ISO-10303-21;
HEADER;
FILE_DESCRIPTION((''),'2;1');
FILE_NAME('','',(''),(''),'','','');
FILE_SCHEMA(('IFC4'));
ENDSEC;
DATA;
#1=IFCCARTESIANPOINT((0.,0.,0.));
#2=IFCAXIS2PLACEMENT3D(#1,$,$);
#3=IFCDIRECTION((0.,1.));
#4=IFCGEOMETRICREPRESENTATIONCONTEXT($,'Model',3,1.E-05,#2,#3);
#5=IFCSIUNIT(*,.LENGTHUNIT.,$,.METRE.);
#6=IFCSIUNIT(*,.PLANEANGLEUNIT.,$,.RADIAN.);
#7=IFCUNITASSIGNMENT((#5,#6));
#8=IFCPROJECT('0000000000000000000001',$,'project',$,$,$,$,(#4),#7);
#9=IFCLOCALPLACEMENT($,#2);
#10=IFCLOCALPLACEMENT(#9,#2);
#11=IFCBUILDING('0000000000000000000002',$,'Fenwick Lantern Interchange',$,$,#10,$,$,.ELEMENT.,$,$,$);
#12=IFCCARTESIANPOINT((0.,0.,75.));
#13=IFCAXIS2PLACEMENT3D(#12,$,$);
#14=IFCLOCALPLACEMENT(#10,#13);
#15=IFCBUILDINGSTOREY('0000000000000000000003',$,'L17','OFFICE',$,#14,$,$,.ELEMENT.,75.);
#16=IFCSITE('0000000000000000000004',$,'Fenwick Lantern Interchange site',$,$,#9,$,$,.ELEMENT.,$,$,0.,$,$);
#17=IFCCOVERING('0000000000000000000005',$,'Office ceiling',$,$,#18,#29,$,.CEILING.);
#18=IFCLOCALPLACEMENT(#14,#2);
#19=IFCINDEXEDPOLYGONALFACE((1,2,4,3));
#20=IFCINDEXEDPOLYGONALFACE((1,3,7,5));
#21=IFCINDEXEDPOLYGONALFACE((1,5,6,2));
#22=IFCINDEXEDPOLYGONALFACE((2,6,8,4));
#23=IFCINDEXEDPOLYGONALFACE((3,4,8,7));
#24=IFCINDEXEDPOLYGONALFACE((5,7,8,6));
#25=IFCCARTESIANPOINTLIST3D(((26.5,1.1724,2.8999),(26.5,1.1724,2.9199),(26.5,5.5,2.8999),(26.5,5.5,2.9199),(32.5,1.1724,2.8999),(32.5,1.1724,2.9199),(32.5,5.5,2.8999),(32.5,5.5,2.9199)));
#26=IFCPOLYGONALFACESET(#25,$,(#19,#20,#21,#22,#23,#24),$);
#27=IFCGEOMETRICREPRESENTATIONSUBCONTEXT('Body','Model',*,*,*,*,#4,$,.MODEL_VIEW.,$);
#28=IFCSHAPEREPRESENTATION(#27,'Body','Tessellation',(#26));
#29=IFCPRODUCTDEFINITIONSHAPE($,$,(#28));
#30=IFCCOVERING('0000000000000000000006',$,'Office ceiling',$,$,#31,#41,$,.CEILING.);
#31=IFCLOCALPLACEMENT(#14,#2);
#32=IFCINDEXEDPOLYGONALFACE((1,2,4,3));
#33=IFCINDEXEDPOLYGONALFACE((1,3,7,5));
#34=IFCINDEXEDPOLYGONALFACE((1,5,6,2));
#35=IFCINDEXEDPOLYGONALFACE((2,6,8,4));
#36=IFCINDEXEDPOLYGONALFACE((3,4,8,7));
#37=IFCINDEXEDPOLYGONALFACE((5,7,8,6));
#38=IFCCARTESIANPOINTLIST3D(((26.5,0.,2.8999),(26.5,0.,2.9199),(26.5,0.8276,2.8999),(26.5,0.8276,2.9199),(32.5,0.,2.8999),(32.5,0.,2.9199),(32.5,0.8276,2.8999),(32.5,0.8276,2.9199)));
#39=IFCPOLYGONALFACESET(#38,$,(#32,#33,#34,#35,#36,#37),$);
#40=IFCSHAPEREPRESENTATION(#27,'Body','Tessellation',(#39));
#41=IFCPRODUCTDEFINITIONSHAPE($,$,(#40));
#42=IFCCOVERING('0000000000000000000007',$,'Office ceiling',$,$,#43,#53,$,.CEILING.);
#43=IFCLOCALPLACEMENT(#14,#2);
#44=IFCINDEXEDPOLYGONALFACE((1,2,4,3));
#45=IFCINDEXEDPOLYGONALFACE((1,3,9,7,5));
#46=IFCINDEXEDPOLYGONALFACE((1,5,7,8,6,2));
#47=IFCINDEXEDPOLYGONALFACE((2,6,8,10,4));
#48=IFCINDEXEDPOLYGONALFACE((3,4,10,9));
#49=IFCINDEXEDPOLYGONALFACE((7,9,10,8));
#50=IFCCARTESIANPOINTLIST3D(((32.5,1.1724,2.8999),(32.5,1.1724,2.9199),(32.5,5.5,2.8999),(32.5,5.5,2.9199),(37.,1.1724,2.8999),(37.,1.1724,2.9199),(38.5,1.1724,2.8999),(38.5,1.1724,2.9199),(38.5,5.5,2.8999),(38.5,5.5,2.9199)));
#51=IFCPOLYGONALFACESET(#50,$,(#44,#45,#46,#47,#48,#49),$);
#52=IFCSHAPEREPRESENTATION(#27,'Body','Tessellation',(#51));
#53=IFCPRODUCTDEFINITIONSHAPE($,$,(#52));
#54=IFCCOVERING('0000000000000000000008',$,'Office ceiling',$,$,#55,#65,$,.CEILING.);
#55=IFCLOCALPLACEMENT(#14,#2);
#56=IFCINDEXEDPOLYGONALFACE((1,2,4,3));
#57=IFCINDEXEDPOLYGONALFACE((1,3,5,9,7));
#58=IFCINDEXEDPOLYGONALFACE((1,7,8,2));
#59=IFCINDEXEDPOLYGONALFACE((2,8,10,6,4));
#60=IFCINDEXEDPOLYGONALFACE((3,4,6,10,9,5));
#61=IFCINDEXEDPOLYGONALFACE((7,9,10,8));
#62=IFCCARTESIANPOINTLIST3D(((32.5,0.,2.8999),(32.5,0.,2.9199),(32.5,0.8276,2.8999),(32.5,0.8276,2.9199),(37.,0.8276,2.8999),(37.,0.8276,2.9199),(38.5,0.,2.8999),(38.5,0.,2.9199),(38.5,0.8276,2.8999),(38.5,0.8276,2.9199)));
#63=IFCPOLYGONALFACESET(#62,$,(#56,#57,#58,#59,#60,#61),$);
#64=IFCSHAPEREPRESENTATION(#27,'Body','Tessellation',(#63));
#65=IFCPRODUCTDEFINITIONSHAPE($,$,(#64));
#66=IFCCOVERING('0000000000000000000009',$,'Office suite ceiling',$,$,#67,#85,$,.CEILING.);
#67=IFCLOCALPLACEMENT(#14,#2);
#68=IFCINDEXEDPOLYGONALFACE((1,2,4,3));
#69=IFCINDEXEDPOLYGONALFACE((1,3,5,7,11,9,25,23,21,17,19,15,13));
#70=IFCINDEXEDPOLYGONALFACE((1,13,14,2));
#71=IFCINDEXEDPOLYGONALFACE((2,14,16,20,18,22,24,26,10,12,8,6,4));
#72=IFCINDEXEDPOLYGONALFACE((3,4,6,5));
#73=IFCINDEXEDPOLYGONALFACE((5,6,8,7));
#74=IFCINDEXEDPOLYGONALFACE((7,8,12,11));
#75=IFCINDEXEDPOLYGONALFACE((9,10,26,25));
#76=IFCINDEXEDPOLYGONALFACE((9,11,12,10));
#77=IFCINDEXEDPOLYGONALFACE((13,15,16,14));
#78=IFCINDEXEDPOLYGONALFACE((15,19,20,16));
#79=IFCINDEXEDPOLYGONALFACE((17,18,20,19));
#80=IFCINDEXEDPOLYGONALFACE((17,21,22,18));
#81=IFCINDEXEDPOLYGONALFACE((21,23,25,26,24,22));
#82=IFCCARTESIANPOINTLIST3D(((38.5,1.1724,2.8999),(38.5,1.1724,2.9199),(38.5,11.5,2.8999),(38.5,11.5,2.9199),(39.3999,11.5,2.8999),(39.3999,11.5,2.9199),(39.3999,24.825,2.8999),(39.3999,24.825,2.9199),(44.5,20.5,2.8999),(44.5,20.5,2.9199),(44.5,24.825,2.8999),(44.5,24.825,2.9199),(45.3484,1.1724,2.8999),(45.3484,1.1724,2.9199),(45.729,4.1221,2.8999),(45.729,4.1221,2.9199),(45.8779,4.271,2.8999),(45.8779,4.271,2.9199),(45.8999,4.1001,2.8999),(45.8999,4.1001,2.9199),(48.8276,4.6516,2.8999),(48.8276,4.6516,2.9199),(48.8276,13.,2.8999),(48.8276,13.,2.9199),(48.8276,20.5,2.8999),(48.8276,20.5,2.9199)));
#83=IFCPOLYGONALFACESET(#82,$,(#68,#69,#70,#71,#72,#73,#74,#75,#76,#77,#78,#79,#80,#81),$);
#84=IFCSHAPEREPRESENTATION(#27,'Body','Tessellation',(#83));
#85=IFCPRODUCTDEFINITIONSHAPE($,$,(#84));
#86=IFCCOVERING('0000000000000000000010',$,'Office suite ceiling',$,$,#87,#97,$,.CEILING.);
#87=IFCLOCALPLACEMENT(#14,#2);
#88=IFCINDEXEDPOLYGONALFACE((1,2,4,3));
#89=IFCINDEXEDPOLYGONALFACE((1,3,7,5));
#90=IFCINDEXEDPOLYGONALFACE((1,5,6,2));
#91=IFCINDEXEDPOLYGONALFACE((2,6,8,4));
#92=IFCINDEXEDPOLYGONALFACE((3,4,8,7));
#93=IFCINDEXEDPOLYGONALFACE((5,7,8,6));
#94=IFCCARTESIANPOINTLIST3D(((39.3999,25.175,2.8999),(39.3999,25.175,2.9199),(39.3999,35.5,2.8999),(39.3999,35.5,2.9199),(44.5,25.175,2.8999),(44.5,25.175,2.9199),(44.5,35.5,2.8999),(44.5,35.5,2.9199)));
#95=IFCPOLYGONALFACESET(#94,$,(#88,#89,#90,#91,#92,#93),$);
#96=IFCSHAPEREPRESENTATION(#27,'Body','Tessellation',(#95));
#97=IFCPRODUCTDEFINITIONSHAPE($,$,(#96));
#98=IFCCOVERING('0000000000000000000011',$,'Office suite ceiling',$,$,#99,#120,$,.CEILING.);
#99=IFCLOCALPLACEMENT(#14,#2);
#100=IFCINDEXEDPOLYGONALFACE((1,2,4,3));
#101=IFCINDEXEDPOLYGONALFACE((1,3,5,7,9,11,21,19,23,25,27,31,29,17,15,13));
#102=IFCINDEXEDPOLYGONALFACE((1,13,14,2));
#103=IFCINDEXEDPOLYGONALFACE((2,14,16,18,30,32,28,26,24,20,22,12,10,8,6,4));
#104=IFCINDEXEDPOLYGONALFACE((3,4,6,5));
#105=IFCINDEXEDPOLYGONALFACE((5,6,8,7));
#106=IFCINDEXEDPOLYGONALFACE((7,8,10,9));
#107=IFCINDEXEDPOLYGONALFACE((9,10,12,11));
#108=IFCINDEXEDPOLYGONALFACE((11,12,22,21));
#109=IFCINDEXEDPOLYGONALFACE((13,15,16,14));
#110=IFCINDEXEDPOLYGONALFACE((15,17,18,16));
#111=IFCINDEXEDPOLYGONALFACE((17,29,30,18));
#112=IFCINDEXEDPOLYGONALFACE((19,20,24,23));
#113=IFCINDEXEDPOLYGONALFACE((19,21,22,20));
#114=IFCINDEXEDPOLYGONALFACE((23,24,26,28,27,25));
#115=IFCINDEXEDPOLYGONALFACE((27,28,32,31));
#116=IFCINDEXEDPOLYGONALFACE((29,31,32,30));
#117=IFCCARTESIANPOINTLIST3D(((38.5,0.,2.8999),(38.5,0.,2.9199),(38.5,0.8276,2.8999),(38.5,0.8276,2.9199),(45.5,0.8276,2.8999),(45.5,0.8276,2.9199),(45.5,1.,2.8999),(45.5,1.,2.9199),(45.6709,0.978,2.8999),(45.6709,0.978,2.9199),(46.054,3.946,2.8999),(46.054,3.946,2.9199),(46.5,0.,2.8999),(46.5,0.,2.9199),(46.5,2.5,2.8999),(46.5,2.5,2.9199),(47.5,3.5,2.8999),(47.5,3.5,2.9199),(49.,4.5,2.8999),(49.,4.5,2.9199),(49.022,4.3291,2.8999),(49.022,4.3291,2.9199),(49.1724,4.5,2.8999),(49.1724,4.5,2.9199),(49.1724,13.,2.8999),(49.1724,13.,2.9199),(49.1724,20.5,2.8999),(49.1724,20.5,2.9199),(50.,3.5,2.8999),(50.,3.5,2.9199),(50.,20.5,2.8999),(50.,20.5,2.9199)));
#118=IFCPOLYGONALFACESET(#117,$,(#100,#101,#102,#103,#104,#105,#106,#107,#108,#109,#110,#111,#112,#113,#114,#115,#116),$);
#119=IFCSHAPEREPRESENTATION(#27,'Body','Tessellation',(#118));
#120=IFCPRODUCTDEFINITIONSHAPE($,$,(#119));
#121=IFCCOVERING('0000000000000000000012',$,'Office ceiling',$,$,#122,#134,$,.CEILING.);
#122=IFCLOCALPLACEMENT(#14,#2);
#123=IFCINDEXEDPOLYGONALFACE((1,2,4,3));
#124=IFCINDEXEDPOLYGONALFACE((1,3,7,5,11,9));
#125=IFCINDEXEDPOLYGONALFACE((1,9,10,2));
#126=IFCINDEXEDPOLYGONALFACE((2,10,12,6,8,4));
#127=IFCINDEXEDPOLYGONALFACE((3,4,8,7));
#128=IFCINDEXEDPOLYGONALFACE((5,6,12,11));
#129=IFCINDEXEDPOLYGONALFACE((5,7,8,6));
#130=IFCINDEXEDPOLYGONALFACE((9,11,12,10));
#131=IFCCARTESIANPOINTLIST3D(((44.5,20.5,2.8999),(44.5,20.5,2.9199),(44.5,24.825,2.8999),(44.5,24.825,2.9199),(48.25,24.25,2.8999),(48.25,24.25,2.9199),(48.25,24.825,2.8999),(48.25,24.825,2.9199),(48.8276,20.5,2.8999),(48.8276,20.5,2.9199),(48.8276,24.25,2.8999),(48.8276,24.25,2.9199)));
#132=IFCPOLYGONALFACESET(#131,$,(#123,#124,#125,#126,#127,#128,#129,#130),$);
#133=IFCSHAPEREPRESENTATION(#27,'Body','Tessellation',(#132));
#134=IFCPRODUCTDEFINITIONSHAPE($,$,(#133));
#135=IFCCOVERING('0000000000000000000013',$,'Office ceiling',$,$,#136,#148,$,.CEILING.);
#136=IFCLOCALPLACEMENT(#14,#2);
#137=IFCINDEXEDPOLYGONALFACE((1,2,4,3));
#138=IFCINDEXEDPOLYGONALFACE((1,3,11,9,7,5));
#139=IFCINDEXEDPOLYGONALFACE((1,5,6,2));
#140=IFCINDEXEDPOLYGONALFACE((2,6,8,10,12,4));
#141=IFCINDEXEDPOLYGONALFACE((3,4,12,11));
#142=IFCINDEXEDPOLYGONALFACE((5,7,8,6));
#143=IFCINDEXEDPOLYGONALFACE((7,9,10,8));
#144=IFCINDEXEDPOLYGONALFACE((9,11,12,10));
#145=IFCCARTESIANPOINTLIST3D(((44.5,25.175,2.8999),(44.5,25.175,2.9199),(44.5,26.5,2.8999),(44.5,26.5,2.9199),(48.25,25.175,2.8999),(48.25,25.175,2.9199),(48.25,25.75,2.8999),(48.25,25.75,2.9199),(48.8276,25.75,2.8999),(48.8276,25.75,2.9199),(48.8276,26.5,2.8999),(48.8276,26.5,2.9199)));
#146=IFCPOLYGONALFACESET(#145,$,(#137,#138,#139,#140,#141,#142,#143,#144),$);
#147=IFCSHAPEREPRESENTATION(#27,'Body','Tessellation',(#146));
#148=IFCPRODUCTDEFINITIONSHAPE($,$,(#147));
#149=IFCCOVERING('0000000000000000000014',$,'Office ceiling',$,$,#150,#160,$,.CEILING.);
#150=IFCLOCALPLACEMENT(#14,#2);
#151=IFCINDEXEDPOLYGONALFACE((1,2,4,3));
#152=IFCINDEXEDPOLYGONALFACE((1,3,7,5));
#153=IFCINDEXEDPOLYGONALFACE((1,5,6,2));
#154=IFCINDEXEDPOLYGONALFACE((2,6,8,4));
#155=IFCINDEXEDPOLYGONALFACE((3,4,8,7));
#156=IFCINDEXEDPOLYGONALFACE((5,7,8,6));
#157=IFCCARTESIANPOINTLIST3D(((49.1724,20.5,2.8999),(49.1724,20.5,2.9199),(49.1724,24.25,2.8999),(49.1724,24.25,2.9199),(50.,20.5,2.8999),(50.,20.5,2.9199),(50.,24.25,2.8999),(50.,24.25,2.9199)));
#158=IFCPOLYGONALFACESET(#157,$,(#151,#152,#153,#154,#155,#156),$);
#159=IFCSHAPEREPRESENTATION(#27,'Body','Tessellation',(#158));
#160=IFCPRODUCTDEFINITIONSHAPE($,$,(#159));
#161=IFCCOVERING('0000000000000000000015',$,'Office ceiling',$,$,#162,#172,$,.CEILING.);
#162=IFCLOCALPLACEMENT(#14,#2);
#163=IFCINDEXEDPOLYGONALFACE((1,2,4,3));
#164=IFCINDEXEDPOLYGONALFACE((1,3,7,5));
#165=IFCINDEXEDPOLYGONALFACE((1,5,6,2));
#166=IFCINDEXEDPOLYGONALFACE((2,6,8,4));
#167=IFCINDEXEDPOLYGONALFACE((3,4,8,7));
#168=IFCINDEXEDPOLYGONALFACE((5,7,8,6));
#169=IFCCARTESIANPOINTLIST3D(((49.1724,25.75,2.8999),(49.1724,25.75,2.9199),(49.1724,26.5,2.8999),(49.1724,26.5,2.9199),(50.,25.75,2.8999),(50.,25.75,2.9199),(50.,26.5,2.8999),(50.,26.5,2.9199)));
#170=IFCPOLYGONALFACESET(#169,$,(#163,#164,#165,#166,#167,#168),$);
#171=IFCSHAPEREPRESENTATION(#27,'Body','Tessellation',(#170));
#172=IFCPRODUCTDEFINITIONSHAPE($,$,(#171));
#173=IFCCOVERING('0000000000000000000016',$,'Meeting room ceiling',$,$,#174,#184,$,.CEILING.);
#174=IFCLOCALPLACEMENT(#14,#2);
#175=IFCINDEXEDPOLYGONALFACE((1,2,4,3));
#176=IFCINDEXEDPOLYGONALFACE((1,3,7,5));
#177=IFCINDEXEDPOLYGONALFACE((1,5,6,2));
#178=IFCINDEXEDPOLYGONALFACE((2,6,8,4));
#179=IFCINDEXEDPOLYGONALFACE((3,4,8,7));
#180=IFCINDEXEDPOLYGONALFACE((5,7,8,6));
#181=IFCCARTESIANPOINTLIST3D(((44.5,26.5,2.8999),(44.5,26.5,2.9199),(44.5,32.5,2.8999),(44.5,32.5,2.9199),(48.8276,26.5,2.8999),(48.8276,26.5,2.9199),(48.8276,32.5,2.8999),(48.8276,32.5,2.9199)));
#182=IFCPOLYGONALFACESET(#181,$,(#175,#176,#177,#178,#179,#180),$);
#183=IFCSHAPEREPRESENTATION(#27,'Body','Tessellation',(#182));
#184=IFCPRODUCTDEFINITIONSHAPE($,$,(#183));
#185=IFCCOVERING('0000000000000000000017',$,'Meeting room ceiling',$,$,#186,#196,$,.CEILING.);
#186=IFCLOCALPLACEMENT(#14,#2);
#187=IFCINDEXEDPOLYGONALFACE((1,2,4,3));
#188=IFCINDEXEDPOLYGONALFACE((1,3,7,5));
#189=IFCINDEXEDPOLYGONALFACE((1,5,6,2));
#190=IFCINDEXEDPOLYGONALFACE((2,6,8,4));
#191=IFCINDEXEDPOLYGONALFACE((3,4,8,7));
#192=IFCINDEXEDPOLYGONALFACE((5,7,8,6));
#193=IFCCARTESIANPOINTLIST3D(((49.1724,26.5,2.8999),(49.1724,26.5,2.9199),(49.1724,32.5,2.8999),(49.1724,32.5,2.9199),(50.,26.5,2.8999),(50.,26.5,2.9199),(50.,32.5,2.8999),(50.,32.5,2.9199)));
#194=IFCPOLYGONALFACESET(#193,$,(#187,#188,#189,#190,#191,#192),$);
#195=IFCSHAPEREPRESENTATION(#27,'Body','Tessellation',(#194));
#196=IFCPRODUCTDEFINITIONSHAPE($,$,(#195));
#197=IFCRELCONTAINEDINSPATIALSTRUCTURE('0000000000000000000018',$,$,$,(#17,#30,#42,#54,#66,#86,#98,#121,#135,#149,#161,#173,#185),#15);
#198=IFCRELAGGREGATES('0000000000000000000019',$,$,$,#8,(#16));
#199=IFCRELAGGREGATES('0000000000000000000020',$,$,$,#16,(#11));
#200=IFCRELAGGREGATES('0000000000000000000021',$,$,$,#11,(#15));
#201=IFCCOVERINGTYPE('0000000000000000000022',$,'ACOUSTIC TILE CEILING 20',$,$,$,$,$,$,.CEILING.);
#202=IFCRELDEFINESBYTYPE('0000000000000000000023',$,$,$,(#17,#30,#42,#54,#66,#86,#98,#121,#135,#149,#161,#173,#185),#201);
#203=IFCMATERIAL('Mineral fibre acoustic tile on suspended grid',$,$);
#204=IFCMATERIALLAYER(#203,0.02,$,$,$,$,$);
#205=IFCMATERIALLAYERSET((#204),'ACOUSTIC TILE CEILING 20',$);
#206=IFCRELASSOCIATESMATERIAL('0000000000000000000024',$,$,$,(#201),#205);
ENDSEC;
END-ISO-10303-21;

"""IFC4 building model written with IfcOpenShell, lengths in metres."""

from ifc_helpers import new_model, si_unit, direction, frame, origin, place, context, subcontext, project, spatial, polyline, outline, extrude, material, layer, layer_set, type_object, element, save


model = new_model("IFC4")

# Units and contexts
model_context = context("Model", 3, precision=1e-05, world=origin(), true_north=direction((0.0, 1.0)))
body_context = subcontext(model_context, "Body", "Model", "MODEL_VIEW")
ifc_project = project(units=[si_unit("LENGTHUNIT", "METRE"), si_unit("PLANEANGLEUNIT", "RADIAN")], contexts=[model_context])

# Site, building, storey
site_placement = place(None, origin())
site = spatial("IfcSite", under=ifc_project, at=site_placement, Name="Fenwick Lantern Interchange site", CompositionType="ELEMENT", RefElevation=0.0)
building_placement = place(site_placement, origin())
building = spatial("IfcBuilding", under=site, at=building_placement, Name="Fenwick Lantern Interchange", CompositionType="ELEMENT")
storey_placement = place(building_placement, frame((0.0, 0.0, 75.0)))
storey = spatial("IfcBuildingStorey", under=building, at=storey_placement, Name="L17", Description="OFFICE", CompositionType="ELEMENT", Elevation=75.0)

# Coverings
ifc_material = material(Name="Mineral fibre acoustic tile on suspended grid")
ifc_layer = layer(ifc_material, 0.02)
ifc_layer_set = layer_set([ifc_layer], Name="ACOUSTIC TILE CEILING 20")
covering_type = type_object("IfcCoveringType", Name="ACOUSTIC TILE CEILING 20", PredefinedType="CEILING", material=ifc_layer_set)
covering_1_placement = place(storey_placement, frame((0.0, 0.0, 2.8999)))
element("IfcCovering", 1, at=covering_1_placement, inside=storey, type_object=covering_type, Name="Office ceiling", PredefinedType="CEILING", context=body_context, shape_type="SweptSolid", body=[
    extrude(outline(polyline([(26.5, 5.5), (26.5, 1.1724), (32.5, 1.1724), (32.5, 5.5), (26.5, 5.5)])), origin(), (0.0, 0.0, 1.0), 0.02),
])
covering_2_placement = place(storey_placement, frame((0.0, 0.0, 2.8999)))
element("IfcCovering", 2, at=covering_2_placement, inside=storey, type_object=covering_type, Name="Office ceiling", PredefinedType="CEILING", context=body_context, shape_type="SweptSolid", body=[
    extrude(outline(polyline([(32.5, 0.0), (32.5, 0.8276), (26.5, 0.8276), (26.5, 0.0), (32.5, 0.0)])), origin(), (0.0, 0.0, 1.0), 0.02),
])
covering_3_placement = place(storey_placement, frame((0.0, 0.0, 2.8999)))
element("IfcCovering", 3, at=covering_3_placement, inside=storey, type_object=covering_type, Name="Office ceiling", PredefinedType="CEILING", context=body_context, shape_type="SweptSolid", body=[
    extrude(outline(polyline([(32.5, 5.5), (32.5, 1.1724), (37.0, 1.1724), (38.5, 1.1724), (38.5, 5.5), (32.5, 5.5)])), origin(), (0.0, 0.0, 1.0), 0.02),
])
covering_4_placement = place(storey_placement, frame((0.0, 0.0, 2.8999)))
element("IfcCovering", 4, at=covering_4_placement, inside=storey, type_object=covering_type, Name="Office ceiling", PredefinedType="CEILING", context=body_context, shape_type="SweptSolid", body=[
    extrude(outline(polyline([(38.5, 0.0), (38.5, 0.8276), (37.0, 0.8276), (32.5, 0.8276), (32.5, 0.0), (38.5, 0.0)])), origin(), (0.0, 0.0, 1.0), 0.02),
])
covering_5_placement = place(storey_placement, frame((0.0, 0.0, 2.8999)))
element("IfcCovering", 5, at=covering_5_placement, inside=storey, type_object=covering_type, Name="Office suite ceiling", PredefinedType="CEILING", context=body_context, shape_type="SweptSolid", body=[
    extrude(outline(polyline([(38.5, 11.5), (38.5, 1.1724), (45.3484, 1.1724), (45.729, 4.1221), (45.8999, 4.1001), (45.8779, 4.271), (48.8276, 4.6516), (48.8276, 13.0), (48.8276, 20.5), (44.5, 20.5), (44.5, 24.825), (39.3999, 24.825), (39.3999, 11.5), (38.5, 11.5)])), origin(), (0.0, 0.0, 1.0), 0.02),
])
covering_6_placement = place(storey_placement, frame((0.0, 0.0, 2.8999)))
element("IfcCovering", 6, at=covering_6_placement, inside=storey, type_object=covering_type, Name="Office suite ceiling", PredefinedType="CEILING", context=body_context, shape_type="SweptSolid", body=[
    extrude(outline(polyline([(39.3999, 35.5), (39.3999, 25.175), (44.5, 25.175), (44.5, 35.5), (39.3999, 35.5)])), origin(), (0.0, 0.0, 1.0), 0.02),
])
covering_7_placement = place(storey_placement, frame((0.0, 0.0, 2.8999)))
element("IfcCovering", 7, at=covering_7_placement, inside=storey, type_object=covering_type, Name="Office suite ceiling", PredefinedType="CEILING", context=body_context, shape_type="SweptSolid", body=[
    extrude(outline(polyline([(50.0, 3.5), (50.0, 20.5), (49.1724, 20.5), (49.1724, 13.0), (49.1724, 4.5), (49.0, 4.5), (49.022, 4.3291), (46.054, 3.946), (45.6709, 0.978), (45.5, 1.0), (45.5, 0.8276), (38.5, 0.8276), (38.5, 0.0), (46.5, 0.0), (46.5, 2.5), (47.5, 3.5), (50.0, 3.5)])), origin(), (0.0, 0.0, 1.0), 0.02),
])
covering_8_placement = place(storey_placement, frame((0.0, 0.0, 2.8999)))
element("IfcCovering", 8, at=covering_8_placement, inside=storey, type_object=covering_type, Name="Office ceiling", PredefinedType="CEILING", context=body_context, shape_type="SweptSolid", body=[
    extrude(outline(polyline([(44.5, 20.5), (48.8276, 20.5), (48.8276, 24.25), (48.25, 24.25), (48.25, 24.825), (44.5, 24.825), (44.5, 20.5)])), origin(), (0.0, 0.0, 1.0), 0.02),
])
covering_9_placement = place(storey_placement, frame((0.0, 0.0, 2.8999)))
element("IfcCovering", 9, at=covering_9_placement, inside=storey, type_object=covering_type, Name="Office ceiling", PredefinedType="CEILING", context=body_context, shape_type="SweptSolid", body=[
    extrude(outline(polyline([(44.5, 26.5), (44.5, 25.175), (48.25, 25.175), (48.25, 25.75), (48.8276, 25.75), (48.8276, 26.5), (44.5, 26.5)])), origin(), (0.0, 0.0, 1.0), 0.02),
])
covering_10_placement = place(storey_placement, frame((0.0, 0.0, 2.8999)))
element("IfcCovering", 10, at=covering_10_placement, inside=storey, type_object=covering_type, Name="Office ceiling", PredefinedType="CEILING", context=body_context, shape_type="SweptSolid", body=[
    extrude(outline(polyline([(49.1724, 20.5), (50.0, 20.5), (50.0, 24.25), (49.1724, 24.25), (49.1724, 20.5)])), origin(), (0.0, 0.0, 1.0), 0.02),
])
covering_11_placement = place(storey_placement, frame((0.0, 0.0, 2.8999)))
element("IfcCovering", 11, at=covering_11_placement, inside=storey, type_object=covering_type, Name="Office ceiling", PredefinedType="CEILING", context=body_context, shape_type="SweptSolid", body=[
    extrude(outline(polyline([(50.0, 26.5), (49.1724, 26.5), (49.1724, 25.75), (50.0, 25.75), (50.0, 26.5)])), origin(), (0.0, 0.0, 1.0), 0.02),
])
covering_12_placement = place(storey_placement, frame((0.0, 0.0, 2.8999)))
element("IfcCovering", 12, at=covering_12_placement, inside=storey, type_object=covering_type, Name="Meeting room ceiling", PredefinedType="CEILING", context=body_context, shape_type="SweptSolid", body=[
    extrude(outline(polyline([(44.5, 26.5), (48.8276, 26.5), (48.8276, 32.5), (44.5, 32.5), (44.5, 26.5)])), origin(), (0.0, 0.0, 1.0), 0.02),
])
covering_13_placement = place(storey_placement, frame((0.0, 0.0, 2.8999)))
element("IfcCovering", 13, at=covering_13_placement, inside=storey, type_object=covering_type, Name="Meeting room ceiling", PredefinedType="CEILING", context=body_context, shape_type="SweptSolid", body=[
    extrude(outline(polyline([(50.0, 32.5), (49.1724, 32.5), (49.1724, 26.5), (50.0, 26.5), (50.0, 32.5)])), origin(), (0.0, 0.0, 1.0), 0.02),
])

save(model, "model.ifc")
